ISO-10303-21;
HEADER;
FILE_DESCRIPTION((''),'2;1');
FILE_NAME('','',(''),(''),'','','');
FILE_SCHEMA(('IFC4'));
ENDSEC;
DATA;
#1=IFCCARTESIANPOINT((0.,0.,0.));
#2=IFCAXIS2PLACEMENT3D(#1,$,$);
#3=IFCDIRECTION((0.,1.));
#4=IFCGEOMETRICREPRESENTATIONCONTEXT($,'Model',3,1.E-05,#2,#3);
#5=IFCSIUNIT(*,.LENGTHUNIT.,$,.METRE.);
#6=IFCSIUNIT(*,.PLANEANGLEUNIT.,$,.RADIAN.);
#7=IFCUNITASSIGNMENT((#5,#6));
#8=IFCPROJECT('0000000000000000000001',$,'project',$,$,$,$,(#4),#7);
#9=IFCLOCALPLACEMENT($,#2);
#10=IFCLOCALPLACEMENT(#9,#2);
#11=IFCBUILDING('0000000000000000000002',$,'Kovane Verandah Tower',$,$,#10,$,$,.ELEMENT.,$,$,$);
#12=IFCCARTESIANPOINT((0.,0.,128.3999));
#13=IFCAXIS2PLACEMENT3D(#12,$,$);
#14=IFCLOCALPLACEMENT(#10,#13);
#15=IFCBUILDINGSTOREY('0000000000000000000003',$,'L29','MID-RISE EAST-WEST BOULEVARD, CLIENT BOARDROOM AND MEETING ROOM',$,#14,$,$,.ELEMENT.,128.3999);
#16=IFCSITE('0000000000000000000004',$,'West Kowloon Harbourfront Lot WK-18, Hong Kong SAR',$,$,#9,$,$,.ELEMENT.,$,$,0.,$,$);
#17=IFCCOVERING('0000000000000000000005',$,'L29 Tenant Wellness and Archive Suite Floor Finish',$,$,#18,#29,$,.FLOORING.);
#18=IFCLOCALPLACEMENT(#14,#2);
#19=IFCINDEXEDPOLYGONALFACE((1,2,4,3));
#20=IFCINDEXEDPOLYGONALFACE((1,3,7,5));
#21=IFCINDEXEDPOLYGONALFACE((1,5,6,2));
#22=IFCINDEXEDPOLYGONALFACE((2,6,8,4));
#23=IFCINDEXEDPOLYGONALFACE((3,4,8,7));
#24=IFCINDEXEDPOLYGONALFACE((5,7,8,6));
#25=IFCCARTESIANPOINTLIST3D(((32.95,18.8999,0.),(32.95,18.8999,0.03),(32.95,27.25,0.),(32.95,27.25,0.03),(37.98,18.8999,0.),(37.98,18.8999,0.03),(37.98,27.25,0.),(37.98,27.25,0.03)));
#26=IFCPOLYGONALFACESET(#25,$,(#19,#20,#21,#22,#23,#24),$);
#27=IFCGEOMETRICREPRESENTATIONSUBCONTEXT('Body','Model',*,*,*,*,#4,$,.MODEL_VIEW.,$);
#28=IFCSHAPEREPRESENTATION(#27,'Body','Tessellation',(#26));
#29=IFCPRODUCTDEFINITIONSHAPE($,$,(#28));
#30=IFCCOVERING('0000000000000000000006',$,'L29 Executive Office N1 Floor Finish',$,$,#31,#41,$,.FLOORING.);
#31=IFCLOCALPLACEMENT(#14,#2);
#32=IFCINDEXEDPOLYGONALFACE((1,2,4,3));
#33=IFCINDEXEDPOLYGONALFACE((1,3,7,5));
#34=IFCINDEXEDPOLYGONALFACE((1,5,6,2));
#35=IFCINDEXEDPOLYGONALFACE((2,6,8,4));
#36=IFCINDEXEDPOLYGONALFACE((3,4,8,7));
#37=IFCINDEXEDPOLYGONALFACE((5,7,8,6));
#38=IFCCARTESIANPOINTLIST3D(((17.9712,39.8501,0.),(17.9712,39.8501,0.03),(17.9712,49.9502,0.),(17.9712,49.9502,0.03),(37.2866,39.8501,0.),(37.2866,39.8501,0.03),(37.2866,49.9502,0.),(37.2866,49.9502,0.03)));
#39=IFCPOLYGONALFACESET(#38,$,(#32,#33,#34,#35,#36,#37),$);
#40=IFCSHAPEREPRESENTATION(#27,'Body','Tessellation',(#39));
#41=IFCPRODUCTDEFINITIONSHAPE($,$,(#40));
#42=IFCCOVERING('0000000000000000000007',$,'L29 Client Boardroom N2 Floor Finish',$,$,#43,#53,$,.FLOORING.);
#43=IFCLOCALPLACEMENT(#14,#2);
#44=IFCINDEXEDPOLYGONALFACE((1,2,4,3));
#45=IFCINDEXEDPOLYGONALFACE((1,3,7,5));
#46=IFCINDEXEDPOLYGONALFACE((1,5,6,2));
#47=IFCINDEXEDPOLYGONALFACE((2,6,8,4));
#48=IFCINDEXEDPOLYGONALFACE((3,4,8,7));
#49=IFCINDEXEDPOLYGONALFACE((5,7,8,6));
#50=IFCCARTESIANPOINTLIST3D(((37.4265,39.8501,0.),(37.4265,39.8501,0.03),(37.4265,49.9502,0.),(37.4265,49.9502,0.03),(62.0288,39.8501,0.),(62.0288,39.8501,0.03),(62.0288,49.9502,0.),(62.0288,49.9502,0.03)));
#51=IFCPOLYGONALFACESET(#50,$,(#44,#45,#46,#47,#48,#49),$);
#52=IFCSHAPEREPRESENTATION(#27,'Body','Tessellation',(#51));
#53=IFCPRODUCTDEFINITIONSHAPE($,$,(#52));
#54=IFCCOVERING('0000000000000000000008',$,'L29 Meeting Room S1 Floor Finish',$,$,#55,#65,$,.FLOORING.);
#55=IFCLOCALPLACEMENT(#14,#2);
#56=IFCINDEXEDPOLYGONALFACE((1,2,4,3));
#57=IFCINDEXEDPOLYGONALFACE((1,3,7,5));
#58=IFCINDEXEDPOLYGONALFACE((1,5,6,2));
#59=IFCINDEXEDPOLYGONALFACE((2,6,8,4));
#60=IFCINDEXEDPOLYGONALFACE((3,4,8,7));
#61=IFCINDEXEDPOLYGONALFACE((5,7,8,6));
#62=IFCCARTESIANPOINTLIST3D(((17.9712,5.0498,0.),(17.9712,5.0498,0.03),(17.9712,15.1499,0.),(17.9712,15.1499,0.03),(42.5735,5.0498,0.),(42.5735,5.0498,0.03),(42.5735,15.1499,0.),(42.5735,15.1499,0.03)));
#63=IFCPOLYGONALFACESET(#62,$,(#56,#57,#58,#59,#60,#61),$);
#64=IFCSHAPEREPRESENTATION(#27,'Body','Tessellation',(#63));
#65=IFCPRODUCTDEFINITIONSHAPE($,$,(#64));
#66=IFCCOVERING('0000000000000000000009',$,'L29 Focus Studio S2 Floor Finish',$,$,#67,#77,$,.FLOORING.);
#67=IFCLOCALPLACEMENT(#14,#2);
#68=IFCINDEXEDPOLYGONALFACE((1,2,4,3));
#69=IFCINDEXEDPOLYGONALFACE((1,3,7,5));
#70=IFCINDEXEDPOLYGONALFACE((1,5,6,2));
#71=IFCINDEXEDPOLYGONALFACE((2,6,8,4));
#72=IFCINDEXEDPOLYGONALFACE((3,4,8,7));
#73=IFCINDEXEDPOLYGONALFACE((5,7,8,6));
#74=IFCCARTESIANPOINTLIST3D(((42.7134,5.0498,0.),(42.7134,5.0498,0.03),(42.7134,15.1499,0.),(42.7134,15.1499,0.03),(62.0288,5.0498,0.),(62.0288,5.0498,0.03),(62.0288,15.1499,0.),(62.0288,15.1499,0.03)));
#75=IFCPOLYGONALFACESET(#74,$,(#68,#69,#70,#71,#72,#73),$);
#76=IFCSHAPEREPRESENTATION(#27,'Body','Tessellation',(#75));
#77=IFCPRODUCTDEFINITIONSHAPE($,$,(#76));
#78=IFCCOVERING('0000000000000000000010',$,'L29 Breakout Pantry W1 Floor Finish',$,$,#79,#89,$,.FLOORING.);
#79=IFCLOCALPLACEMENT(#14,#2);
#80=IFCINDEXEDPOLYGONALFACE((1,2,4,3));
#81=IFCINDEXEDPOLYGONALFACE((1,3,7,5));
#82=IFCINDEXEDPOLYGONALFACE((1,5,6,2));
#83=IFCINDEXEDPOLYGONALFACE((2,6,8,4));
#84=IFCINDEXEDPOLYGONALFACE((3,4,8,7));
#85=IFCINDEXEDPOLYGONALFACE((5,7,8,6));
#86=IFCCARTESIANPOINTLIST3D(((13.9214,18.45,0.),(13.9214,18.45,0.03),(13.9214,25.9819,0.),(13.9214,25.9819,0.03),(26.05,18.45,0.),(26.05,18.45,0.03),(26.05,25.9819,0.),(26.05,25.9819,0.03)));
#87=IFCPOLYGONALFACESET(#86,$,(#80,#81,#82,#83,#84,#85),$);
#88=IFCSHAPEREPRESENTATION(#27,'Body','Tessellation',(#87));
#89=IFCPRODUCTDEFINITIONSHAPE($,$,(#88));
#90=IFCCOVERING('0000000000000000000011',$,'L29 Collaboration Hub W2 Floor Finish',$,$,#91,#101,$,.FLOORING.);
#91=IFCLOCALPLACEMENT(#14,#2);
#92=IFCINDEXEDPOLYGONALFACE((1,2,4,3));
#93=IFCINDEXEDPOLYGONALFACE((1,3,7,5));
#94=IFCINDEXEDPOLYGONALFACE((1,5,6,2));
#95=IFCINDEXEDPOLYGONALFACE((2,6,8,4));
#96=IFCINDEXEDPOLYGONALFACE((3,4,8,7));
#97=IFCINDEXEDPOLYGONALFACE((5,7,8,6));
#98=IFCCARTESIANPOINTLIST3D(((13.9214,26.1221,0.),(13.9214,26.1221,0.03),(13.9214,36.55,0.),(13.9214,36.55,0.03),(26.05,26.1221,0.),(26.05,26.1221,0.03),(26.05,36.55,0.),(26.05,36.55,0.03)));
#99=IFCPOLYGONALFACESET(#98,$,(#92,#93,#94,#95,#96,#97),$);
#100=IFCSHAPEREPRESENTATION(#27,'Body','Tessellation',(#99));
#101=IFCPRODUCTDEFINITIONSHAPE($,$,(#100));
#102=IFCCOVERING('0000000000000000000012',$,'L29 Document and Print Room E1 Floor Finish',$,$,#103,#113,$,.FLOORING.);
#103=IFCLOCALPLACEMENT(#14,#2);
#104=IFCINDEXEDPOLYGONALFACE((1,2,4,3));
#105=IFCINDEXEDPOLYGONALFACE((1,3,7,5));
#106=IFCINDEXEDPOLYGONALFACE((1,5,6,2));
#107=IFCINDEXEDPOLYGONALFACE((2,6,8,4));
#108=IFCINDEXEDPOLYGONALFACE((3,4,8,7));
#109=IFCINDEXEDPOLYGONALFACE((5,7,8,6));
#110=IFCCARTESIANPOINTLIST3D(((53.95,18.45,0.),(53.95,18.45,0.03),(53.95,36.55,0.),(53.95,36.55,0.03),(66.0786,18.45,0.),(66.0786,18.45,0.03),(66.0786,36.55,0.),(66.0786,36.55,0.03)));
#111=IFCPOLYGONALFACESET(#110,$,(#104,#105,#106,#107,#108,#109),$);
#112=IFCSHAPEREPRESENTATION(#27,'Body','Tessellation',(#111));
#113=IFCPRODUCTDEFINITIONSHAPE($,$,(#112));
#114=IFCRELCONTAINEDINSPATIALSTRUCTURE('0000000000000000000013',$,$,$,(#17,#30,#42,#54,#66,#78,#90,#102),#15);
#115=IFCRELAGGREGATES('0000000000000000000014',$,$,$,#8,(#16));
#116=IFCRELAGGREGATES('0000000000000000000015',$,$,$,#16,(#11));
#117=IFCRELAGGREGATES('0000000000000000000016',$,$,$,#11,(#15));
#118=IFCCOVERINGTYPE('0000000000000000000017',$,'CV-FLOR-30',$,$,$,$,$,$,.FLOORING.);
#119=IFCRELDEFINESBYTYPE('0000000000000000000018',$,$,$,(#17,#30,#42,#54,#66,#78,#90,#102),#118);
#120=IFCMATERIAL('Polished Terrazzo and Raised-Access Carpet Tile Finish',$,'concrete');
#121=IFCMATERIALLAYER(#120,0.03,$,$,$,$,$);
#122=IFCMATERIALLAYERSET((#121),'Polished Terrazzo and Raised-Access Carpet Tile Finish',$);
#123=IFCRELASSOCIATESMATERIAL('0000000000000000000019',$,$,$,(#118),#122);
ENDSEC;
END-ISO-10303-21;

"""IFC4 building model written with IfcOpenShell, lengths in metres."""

from ifc_helpers import new_model, si_unit, direction, frame, origin, place, context, subcontext, project, spatial, polyline, outline, extrude, material, layer, layer_set, type_object, element, save


model = new_model("IFC4")

# Units and contexts
model_context = context("Model", 3, precision=1e-05, world=origin(), true_north=direction((0.0, 1.0)))
body_context = subcontext(model_context, "Body", "Model", "MODEL_VIEW")
ifc_project = project(units=[si_unit("LENGTHUNIT", "METRE"), si_unit("PLANEANGLEUNIT", "RADIAN")], contexts=[model_context])

# Site, building, storey
site_placement = place(None, origin())
site = spatial("IfcSite", under=ifc_project, at=site_placement, Name="West Kowloon Harbourfront Lot WK-18, Hong Kong SAR", CompositionType="ELEMENT", RefElevation=0.0)
building_placement = place(site_placement, origin())
building = spatial("IfcBuilding", under=site, at=building_placement, Name="Kovane Verandah Tower", CompositionType="ELEMENT")
storey_placement = place(building_placement, frame((0.0, 0.0, 128.3999)))
storey = spatial("IfcBuildingStorey", under=building, at=storey_placement, Name="L29", Description="MID-RISE EAST-WEST BOULEVARD, CLIENT BOARDROOM AND MEETING ROOM", CompositionType="ELEMENT", Elevation=128.3999)

# Coverings
ifc_material_1 = material(Name="Polished Terrazzo and Raised-Access Carpet Tile Finish", Category="concrete")
ifc_layer_1 = layer(ifc_material_1, 0.03)
ifc_layer_set_1 = layer_set([ifc_layer_1], Name="Polished Terrazzo and Raised-Access Carpet Tile Finish")
covering_type_1 = type_object("IfcCoveringType", Name="CV-FLOR-30", PredefinedType="FLOORING", material=ifc_layer_set_1)
covering_1_placement = place(storey_placement, origin())
element("IfcCovering", 1, at=covering_1_placement, inside=storey, type_object=covering_type_1, Name="L29 Tenant Wellness and Archive Suite Floor Finish", PredefinedType="FLOORING", context=body_context, shape_type="SweptSolid", body=[
    extrude(outline(polyline([(32.95, 18.8999), (37.98, 18.8999), (37.98, 27.25), (32.95, 27.25), (32.95, 18.8999)])), origin(), (0.0, 0.0, 1.0), 0.03),
])
covering_2_placement = place(storey_placement, origin())
element("IfcCovering", 2, at=covering_2_placement, inside=storey, type_object=covering_type_1, Name="L29 Executive Office N1 Floor Finish", PredefinedType="FLOORING", context=body_context, shape_type="SweptSolid", body=[
    extrude(outline(polyline([(17.9712, 39.8501), (37.2866, 39.8501), (37.2866, 49.9502), (17.9712, 49.9502), (17.9712, 39.8501)])), origin(), (0.0, 0.0, 1.0), 0.03),
])
covering_3_placement = place(storey_placement, origin())
element("IfcCovering", 3, at=covering_3_placement, inside=storey, type_object=covering_type_1, Name="L29 Client Boardroom N2 Floor Finish", PredefinedType="FLOORING", context=body_context, shape_type="SweptSolid", body=[
    extrude(outline(polyline([(37.4265, 39.8501), (62.0288, 39.8501), (62.0288, 49.9502), (37.4265, 49.9502), (37.4265, 39.8501)])), origin(), (0.0, 0.0, 1.0), 0.03),
])
covering_4_placement = place(storey_placement, origin())
element("IfcCovering", 4, at=covering_4_placement, inside=storey, type_object=covering_type_1, Name="L29 Meeting Room S1 Floor Finish", PredefinedType="FLOORING", context=body_context, shape_type="SweptSolid", body=[
    extrude(outline(polyline([(17.9712, 5.0498), (42.5735, 5.0498), (42.5735, 15.1499), (17.9712, 15.1499), (17.9712, 5.0498)])), origin(), (0.0, 0.0, 1.0), 0.03),
])
covering_5_placement = place(storey_placement, origin())
element("IfcCovering", 5, at=covering_5_placement, inside=storey, type_object=covering_type_1, Name="L29 Focus Studio S2 Floor Finish", PredefinedType="FLOORING", context=body_context, shape_type="SweptSolid", body=[
    extrude(outline(polyline([(42.7134, 5.0498), (62.0288, 5.0498), (62.0288, 15.1499), (42.7134, 15.1499), (42.7134, 5.0498)])), origin(), (0.0, 0.0, 1.0), 0.03),
])
covering_6_placement = place(storey_placement, origin())
element("IfcCovering", 6, at=covering_6_placement, inside=storey, type_object=covering_type_1, Name="L29 Breakout Pantry W1 Floor Finish", PredefinedType="FLOORING", context=body_context, shape_type="SweptSolid", body=[
    extrude(outline(polyline([(13.9214, 18.45), (26.05, 18.45), (26.05, 25.9819), (13.9214, 25.9819), (13.9214, 18.45)])), origin(), (0.0, 0.0, 1.0), 0.03),
])
covering_7_placement = place(storey_placement, origin())
element("IfcCovering", 7, at=covering_7_placement, inside=storey, type_object=covering_type_1, Name="L29 Collaboration Hub W2 Floor Finish", PredefinedType="FLOORING", context=body_context, shape_type="SweptSolid", body=[
    extrude(outline(polyline([(13.9214, 26.1221), (26.05, 26.1221), (26.05, 36.55), (13.9214, 36.55), (13.9214, 26.1221)])), origin(), (0.0, 0.0, 1.0), 0.03),
])
covering_8_placement = place(storey_placement, origin())
element("IfcCovering", 8, at=covering_8_placement, inside=storey, type_object=covering_type_1, Name="L29 Document and Print Room E1 Floor Finish", PredefinedType="FLOORING", context=body_context, shape_type="SweptSolid", body=[
    extrude(outline(polyline([(53.95, 18.45), (66.0786, 18.45), (66.0786, 36.55), (53.95, 36.55), (53.95, 18.45)])), origin(), (0.0, 0.0, 1.0), 0.03),
])

save(model, "model.ifc")
